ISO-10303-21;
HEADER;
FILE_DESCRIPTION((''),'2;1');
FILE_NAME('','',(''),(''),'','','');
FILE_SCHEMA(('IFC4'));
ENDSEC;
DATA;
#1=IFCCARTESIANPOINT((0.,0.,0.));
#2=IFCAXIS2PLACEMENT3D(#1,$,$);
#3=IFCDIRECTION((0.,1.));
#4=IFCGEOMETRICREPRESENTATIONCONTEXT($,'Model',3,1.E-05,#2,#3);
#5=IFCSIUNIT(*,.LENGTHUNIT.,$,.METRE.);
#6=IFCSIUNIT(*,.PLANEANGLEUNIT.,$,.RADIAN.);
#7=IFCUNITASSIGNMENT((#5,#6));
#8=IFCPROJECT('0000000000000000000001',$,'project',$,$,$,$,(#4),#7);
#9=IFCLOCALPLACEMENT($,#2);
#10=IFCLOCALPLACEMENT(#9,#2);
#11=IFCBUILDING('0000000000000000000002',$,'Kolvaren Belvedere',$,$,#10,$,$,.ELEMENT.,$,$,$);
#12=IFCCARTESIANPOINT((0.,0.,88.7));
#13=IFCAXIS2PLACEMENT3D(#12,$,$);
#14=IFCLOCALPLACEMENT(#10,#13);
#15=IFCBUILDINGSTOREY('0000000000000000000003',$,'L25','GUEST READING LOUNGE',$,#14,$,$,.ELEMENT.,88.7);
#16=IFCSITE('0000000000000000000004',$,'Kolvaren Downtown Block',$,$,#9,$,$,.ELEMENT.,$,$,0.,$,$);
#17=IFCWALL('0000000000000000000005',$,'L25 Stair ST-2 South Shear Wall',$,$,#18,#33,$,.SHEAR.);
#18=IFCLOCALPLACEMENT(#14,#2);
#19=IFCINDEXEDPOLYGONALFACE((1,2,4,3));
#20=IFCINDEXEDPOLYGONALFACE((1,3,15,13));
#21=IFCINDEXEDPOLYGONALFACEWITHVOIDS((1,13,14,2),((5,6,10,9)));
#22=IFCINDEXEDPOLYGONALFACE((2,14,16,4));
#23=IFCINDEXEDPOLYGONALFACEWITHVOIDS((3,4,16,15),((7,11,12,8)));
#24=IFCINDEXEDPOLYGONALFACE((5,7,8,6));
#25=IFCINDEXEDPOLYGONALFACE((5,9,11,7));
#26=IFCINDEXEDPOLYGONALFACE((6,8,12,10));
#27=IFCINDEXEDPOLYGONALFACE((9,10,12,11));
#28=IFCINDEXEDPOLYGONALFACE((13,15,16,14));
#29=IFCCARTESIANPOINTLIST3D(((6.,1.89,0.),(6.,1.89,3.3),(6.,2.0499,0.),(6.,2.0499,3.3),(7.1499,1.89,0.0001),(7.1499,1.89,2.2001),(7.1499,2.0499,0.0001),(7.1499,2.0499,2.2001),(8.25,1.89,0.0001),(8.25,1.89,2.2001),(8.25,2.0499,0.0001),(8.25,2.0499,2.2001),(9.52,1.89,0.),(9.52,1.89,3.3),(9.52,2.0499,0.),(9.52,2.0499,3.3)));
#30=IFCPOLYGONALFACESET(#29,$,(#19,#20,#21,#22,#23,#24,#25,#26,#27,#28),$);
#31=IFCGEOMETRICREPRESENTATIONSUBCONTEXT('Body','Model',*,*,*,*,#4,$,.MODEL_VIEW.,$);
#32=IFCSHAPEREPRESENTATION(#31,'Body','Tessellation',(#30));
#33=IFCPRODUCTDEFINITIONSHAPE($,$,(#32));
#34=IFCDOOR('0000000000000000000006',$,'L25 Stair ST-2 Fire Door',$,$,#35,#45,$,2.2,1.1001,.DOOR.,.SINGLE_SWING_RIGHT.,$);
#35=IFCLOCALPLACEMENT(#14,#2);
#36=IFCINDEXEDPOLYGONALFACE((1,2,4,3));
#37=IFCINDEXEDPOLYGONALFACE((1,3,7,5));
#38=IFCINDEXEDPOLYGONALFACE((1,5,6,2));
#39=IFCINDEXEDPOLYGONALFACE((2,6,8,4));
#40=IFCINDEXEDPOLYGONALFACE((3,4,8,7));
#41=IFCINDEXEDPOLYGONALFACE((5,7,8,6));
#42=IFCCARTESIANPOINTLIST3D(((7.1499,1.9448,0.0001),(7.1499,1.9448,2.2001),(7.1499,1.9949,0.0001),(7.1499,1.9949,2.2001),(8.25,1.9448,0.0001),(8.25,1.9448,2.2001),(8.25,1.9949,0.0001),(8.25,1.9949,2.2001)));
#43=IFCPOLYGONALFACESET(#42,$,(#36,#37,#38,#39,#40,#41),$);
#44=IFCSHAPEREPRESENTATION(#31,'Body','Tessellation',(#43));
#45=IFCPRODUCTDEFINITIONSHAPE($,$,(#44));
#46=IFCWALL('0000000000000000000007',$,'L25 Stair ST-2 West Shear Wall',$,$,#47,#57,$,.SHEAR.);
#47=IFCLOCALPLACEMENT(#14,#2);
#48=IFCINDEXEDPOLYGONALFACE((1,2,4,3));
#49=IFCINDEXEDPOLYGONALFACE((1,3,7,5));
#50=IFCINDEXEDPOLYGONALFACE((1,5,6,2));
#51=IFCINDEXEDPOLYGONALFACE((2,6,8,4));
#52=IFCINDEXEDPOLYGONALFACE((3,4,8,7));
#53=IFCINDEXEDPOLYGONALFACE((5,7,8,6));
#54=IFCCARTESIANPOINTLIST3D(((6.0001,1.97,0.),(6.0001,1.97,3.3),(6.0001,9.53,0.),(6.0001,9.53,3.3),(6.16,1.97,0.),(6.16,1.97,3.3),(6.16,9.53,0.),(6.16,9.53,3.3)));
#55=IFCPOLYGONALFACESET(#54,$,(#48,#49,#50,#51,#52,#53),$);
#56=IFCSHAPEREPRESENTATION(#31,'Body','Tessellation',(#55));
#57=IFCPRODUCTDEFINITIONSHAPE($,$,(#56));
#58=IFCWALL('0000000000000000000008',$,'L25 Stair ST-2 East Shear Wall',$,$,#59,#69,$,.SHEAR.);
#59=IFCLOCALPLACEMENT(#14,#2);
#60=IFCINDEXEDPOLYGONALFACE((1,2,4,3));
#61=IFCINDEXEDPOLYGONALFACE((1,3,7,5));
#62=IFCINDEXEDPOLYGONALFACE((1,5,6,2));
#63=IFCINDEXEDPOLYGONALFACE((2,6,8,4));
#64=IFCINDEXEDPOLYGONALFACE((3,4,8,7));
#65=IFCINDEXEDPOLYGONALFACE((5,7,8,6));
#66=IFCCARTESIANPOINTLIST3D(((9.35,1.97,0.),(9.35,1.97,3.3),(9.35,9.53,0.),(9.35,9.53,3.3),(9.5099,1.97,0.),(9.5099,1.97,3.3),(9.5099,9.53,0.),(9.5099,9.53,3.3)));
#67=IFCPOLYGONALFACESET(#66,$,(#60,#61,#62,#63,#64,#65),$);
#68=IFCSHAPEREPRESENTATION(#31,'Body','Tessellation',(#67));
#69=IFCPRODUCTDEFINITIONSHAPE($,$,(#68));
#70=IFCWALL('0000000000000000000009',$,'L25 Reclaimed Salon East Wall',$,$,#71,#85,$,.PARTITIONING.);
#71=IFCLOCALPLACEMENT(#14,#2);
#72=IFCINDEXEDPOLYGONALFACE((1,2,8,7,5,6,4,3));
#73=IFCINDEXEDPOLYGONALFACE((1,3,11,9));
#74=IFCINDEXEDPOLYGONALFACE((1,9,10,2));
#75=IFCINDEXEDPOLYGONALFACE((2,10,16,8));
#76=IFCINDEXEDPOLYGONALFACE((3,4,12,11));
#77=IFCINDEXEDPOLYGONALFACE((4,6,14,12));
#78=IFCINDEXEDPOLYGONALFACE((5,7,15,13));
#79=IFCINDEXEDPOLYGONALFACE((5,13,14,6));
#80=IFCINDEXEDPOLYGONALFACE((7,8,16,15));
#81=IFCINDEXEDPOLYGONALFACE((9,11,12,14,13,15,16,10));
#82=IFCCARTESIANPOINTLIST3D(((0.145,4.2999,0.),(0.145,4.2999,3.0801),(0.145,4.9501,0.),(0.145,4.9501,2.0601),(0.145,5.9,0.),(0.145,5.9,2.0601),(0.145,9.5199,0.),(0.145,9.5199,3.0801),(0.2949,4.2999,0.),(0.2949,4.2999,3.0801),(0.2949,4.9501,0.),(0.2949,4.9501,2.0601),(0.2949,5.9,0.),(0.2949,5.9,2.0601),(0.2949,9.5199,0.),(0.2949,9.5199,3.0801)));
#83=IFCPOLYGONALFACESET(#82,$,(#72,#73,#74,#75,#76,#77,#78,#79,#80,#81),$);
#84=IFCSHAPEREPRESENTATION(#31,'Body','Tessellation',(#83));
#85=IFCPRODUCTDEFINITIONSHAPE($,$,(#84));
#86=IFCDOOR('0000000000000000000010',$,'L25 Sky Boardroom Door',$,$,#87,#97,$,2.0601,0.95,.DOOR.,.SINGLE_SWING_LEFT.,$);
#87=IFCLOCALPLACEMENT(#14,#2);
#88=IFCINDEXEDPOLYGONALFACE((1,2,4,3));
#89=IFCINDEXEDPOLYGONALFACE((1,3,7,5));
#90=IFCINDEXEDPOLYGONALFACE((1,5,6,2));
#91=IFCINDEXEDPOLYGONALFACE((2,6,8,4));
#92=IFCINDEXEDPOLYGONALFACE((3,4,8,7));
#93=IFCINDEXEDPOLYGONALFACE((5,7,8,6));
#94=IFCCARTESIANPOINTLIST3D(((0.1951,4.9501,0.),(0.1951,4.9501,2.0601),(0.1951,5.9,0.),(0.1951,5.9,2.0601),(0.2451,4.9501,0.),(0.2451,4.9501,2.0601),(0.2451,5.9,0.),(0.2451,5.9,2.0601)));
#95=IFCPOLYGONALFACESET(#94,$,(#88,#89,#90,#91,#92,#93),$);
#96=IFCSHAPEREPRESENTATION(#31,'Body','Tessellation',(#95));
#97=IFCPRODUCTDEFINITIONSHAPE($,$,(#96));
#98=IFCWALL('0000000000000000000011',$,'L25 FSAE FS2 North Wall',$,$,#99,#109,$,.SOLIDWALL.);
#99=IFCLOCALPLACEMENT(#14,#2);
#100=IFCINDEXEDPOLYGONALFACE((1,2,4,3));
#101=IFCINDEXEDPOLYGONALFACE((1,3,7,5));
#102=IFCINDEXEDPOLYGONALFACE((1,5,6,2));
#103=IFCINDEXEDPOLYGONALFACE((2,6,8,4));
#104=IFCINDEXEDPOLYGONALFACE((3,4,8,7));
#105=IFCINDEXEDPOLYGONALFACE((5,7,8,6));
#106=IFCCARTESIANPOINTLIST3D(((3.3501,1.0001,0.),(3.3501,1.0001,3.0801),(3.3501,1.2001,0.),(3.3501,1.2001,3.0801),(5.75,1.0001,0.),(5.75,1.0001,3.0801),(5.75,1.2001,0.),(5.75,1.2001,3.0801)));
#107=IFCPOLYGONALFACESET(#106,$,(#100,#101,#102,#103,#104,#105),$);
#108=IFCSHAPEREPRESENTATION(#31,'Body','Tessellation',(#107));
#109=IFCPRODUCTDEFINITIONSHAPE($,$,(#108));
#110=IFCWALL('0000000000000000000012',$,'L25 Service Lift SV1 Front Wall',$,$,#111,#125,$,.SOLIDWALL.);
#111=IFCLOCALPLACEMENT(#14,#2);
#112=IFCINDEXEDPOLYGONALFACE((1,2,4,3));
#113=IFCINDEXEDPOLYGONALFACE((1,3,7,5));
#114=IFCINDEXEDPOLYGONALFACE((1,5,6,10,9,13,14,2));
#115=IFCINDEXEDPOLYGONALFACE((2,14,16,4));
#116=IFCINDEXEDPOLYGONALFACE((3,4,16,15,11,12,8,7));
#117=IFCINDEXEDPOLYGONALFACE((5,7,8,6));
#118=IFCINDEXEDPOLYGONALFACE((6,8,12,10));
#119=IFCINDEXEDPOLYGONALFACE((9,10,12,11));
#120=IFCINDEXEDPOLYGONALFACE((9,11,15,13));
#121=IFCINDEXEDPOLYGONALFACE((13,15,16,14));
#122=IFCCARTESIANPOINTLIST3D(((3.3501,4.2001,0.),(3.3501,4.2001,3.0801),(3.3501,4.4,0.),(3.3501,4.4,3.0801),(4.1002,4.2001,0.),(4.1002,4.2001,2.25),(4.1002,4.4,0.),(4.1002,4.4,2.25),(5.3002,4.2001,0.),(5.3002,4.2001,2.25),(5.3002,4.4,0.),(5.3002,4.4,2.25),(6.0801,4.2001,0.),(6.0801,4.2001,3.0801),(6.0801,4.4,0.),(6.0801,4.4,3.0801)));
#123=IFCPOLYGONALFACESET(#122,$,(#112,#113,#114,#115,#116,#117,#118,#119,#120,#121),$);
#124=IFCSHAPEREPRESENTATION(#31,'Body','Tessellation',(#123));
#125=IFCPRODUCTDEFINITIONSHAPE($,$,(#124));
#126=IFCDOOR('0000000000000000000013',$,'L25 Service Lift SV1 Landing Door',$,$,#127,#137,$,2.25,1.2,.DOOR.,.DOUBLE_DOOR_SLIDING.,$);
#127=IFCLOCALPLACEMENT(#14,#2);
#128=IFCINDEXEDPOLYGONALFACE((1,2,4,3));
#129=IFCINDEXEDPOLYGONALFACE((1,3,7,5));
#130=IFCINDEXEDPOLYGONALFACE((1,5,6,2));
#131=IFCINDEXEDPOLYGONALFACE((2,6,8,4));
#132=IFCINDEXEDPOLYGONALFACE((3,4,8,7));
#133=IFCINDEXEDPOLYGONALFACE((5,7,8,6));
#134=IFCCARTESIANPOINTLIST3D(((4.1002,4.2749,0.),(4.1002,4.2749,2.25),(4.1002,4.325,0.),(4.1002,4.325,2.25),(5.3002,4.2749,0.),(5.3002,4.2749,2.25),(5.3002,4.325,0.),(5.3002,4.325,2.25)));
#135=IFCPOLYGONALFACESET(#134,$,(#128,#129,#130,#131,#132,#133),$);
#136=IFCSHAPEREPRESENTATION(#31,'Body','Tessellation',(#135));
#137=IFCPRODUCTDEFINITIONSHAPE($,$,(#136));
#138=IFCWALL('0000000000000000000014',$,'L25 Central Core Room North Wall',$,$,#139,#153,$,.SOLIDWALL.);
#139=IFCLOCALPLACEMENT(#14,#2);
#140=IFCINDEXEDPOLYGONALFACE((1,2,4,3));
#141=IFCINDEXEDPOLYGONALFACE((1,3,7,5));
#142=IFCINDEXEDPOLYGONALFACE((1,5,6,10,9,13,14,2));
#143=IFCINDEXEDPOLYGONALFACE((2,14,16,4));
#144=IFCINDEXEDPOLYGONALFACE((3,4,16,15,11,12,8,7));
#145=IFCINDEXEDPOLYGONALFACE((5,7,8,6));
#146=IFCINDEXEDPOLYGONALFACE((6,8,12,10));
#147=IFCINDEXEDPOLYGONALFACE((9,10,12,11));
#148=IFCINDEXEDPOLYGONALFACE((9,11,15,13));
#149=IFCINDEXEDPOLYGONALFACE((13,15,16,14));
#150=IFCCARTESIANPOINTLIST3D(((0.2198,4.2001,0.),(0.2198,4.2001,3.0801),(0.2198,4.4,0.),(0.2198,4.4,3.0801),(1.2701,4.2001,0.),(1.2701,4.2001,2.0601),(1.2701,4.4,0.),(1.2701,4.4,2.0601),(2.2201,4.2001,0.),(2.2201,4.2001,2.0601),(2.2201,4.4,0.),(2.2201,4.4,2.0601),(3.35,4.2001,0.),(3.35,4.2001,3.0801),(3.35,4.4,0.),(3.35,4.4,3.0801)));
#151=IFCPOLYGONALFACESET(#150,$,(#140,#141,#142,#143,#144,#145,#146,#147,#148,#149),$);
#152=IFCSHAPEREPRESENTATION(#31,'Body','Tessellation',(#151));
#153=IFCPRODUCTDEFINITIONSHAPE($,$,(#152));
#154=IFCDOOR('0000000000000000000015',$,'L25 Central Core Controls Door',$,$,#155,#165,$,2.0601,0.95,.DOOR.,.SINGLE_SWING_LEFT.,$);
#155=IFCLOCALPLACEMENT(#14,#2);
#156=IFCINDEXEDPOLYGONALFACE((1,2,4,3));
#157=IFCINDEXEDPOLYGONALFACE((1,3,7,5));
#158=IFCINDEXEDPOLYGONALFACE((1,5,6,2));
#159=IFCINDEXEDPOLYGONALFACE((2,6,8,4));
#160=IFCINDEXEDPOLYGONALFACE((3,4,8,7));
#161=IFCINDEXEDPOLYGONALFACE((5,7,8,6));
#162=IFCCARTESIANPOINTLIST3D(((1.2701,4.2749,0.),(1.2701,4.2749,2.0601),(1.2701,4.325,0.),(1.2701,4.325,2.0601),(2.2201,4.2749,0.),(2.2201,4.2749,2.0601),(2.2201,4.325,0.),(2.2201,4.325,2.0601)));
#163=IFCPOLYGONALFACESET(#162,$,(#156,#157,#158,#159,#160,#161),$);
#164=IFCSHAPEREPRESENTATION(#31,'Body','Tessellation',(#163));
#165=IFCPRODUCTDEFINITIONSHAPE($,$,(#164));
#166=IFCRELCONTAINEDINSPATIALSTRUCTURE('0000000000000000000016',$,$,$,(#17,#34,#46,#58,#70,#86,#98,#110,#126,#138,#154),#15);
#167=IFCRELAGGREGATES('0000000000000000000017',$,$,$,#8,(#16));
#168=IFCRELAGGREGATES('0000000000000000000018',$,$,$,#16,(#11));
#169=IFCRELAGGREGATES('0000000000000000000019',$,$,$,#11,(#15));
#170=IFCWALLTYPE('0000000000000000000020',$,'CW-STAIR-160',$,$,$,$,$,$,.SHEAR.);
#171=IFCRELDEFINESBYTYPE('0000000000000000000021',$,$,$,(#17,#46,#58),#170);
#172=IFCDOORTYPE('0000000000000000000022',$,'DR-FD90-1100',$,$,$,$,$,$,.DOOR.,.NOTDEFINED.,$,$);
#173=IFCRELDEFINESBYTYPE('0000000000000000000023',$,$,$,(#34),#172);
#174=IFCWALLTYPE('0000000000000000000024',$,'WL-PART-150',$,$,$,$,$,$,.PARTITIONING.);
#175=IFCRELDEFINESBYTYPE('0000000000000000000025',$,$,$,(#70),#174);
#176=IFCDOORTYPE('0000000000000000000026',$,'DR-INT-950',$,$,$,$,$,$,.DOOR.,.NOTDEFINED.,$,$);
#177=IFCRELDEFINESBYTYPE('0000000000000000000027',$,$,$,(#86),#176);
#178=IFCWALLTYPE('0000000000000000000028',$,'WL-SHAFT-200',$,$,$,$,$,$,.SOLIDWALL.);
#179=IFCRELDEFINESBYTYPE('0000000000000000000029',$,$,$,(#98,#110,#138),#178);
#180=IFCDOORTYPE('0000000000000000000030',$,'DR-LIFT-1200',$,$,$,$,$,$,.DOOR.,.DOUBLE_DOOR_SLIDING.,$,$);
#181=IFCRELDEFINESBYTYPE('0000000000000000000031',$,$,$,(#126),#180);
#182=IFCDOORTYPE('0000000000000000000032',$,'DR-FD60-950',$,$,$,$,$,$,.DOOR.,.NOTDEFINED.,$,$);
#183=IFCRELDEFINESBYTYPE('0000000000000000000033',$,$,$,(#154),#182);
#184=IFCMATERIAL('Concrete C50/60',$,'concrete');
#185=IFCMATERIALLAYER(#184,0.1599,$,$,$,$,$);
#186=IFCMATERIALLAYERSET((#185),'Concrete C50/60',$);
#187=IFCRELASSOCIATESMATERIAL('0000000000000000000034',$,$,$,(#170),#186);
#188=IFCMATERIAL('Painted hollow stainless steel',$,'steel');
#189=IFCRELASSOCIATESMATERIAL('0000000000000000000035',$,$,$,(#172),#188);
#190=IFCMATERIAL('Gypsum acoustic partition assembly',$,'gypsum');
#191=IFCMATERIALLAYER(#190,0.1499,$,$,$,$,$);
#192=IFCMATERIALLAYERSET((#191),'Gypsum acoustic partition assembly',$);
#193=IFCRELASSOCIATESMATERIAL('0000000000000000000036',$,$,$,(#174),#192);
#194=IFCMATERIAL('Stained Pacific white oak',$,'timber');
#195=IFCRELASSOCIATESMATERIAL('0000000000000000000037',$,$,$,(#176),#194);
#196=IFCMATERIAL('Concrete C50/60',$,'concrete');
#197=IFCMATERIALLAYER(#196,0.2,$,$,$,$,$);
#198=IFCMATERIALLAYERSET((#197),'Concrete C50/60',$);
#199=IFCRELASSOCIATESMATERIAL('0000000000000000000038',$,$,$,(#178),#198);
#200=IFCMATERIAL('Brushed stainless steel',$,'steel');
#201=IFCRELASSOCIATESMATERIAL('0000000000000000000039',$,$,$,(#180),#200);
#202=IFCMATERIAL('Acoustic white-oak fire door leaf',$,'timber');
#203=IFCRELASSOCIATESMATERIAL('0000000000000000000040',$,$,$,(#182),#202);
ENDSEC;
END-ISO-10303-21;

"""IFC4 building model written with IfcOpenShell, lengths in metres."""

from ifc_helpers import new_model, si_unit, direction, frame, frame_2d, origin, place, context, subcontext, project, spatial, rectangle, extrude, material, layer, layer_set, type_object, element, fill, save


model = new_model("IFC4")

# Units and contexts
model_context = context("Model", 3, precision=1e-05, world=origin(), true_north=direction((0.0, 1.0)))
body_context = subcontext(model_context, "Body", "Model", "MODEL_VIEW")
ifc_project = project(units=[si_unit("LENGTHUNIT", "METRE"), si_unit("PLANEANGLEUNIT", "RADIAN")], contexts=[model_context])

# Site, building, storey
site_placement = place(None, origin())
site = spatial("IfcSite", under=ifc_project, at=site_placement, Name="Kolvaren Downtown Block", CompositionType="ELEMENT", RefElevation=0.0)
building_placement = place(site_placement, origin())
building = spatial("IfcBuilding", under=site, at=building_placement, Name="Kolvaren Belvedere", CompositionType="ELEMENT")
storey_placement = place(building_placement, frame((0.0, 0.0, 88.7)))
storey = spatial("IfcBuildingStorey", under=building, at=storey_placement, Name="L25", Description="GUEST READING LOUNGE", CompositionType="ELEMENT", Elevation=88.7)

# Wall, opening, door
ifc_material_1 = material(Name="Concrete C50/60", Category="concrete")
ifc_layer_1 = layer(ifc_material_1, 0.1599)
ifc_layer_set_1 = layer_set([ifc_layer_1], Name="Concrete C50/60")
wall_type_1 = type_object("IfcWallType", Name="CW-STAIR-160", PredefinedType="SHEAR", material=ifc_layer_set_1)
wall_1_placement = place(storey_placement, frame((6.0, 1.97, 0.0), z_axis=(0.0, 0.0, 1.0), x_axis=(1.0, 0.0, 0.0)))
wall_1 = element("IfcWall", 1, at=wall_1_placement, inside=storey, type_object=wall_type_1, Name="L25 Stair ST-2 South Shear Wall", PredefinedType="SHEAR", context=body_context, shape_type="SweptSolid", body=[
    extrude(rectangle(XDim=3.52, YDim=0.1599, at=frame_2d((1.76, 0.0))), origin(), (0.0, 0.0, 1.0), 3.3),
])
opening_1_placement = place(wall_1_placement, frame((1.1499, 0.0, 0.0)))
opening_1 = element("IfcOpeningElement", 2, at=opening_1_placement, cuts=wall_1, PredefinedType="OPENING", context=body_context, shape_type="SweptSolid", body=[
    extrude(rectangle(XDim=1.1001, YDim=2.2, at=frame_2d((0.55, 1.1001))), frame((0.0, 0.0898, 0.0), z_axis=(0.0, -1.0, 0.0), x_axis=(1.0, 0.0, 0.0)), (0.0, 0.0, 1.0), 0.1799),
])
ifc_material_2 = material(Name="Painted hollow stainless steel", Category="steel")
door_type_1 = type_object("IfcDoorType", Name="DR-FD90-1100", OperationType="NOTDEFINED", PredefinedType="DOOR", material=ifc_material_2)
door_1_placement = place(opening_1_placement, origin())
door_1 = element("IfcDoor", 3, at=door_1_placement, inside=storey, type_object=door_type_1, Name="L25 Stair ST-2 Fire Door", OperationType="SINGLE_SWING_RIGHT", OverallHeight=2.2, OverallWidth=1.1001, PredefinedType="DOOR", context=body_context, shape_type="SweptSolid", body=[
    extrude(rectangle(XDim=1.1001, YDim=2.2, at=frame_2d((0.55, 1.1001))), frame((0.0, 0.0249, 0.0), z_axis=(0.0, -1.0, 0.0), x_axis=(1.0, 0.0, 0.0)), (0.0, 0.0, 1.0), 0.05),
])
fill(opening_1, door_1)

# Walls
for number, where, z_axis, x_axis, name in (
    (4, (6.0801, 1.97, 0.0), (0.0, 0.0, 1.0), (0.0, 1.0, 0.0), "L25 Stair ST-2 West Shear Wall"),
    (5, (9.4299, 1.97, 0.0), (0.0, 0.0, 1.0), (0.0, 1.0, 0.0), "L25 Stair ST-2 East Shear Wall"),
):
    element("IfcWall", number, at=place(storey_placement, frame(where, z_axis=z_axis, x_axis=x_axis)), inside=storey, type_object=wall_type_1, Name=name, PredefinedType="SHEAR", context=body_context, shape_type="SweptSolid", body=[
        extrude(rectangle(XDim=7.5601, YDim=0.1599, at=frame_2d((3.78, 0.0))), origin(), (0.0, 0.0, 1.0), 3.3),
    ])

# Wall, opening, door
ifc_material_3 = material(Name="Gypsum acoustic partition assembly", Category="gypsum")
ifc_layer_2 = layer(ifc_material_3, 0.1499)
ifc_layer_set_2 = layer_set([ifc_layer_2], Name="Gypsum acoustic partition assembly")
wall_type_2 = type_object("IfcWallType", Name="WL-PART-150", PredefinedType="PARTITIONING", material=ifc_layer_set_2)
wall_2_placement = place(storey_placement, frame((0.22, 4.3, 0.0), z_axis=(0.0, 0.0, 1.0), x_axis=(0.0, 1.0, 0.0)))
wall_2 = element("IfcWall", 6, at=wall_2_placement, inside=storey, type_object=wall_type_2, Name="L25 Reclaimed Salon East Wall", PredefinedType="PARTITIONING", context=body_context, shape_type="SweptSolid", body=[
    extrude(rectangle(XDim=5.22, YDim=0.1499, at=frame_2d((2.6099, 0.0))), origin(), (0.0, 0.0, 1.0), 3.0801),
])
opening_2_placement = place(wall_2_placement, frame((0.6499, 0.0, 0.0)))
opening_2 = element("IfcOpeningElement", 7, at=opening_2_placement, cuts=wall_2, PredefinedType="OPENING", context=body_context, shape_type="SweptSolid", body=[
    extrude(rectangle(XDim=0.95, YDim=2.0601, at=frame_2d((0.4751, 1.03))), frame((0.0, 0.085, 0.0), z_axis=(0.0, -1.0, 0.0), x_axis=(1.0, 0.0, 0.0)), (0.0, 0.0, 1.0), 0.1699),
])
ifc_material_4 = material(Name="Stained Pacific white oak", Category="timber")
door_type_2 = type_object("IfcDoorType", Name="DR-INT-950", OperationType="NOTDEFINED", PredefinedType="DOOR", material=ifc_material_4)
door_2_placement = place(opening_2_placement, origin())
door_2 = element("IfcDoor", 8, at=door_2_placement, inside=storey, type_object=door_type_2, Name="L25 Sky Boardroom Door", OperationType="SINGLE_SWING_LEFT", OverallHeight=2.0601, OverallWidth=0.95, PredefinedType="DOOR", context=body_context, shape_type="SweptSolid", body=[
    extrude(rectangle(XDim=0.95, YDim=2.0601, at=frame_2d((0.4751, 1.03))), frame((0.0, 0.0249, 0.0), z_axis=(0.0, -1.0, 0.0), x_axis=(1.0, 0.0, 0.0)), (0.0, 0.0, 1.0), 0.05),
])
fill(opening_2, door_2)

# Wall
ifc_material_5 = material(Name="Concrete C50/60", Category="concrete")
ifc_layer_3 = layer(ifc_material_5, 0.2)
ifc_layer_set_3 = layer_set([ifc_layer_3], Name="Concrete C50/60")
wall_type_3 = type_object("IfcWallType", Name="WL-SHAFT-200", PredefinedType="SOLIDWALL", material=ifc_layer_set_3)
wall_3_placement = place(storey_placement, frame((3.3501, 1.1001, 0.0), z_axis=(0.0, 0.0, 1.0), x_axis=(1.0, 0.0, 0.0)))
element("IfcWall", 9, at=wall_3_placement, inside=storey, type_object=wall_type_3, Name="L25 FSAE FS2 North Wall", PredefinedType="SOLIDWALL", context=body_context, shape_type="SweptSolid", body=[
    extrude(rectangle(XDim=2.3999, YDim=0.2, at=frame_2d((1.2, 0.0))), origin(), (0.0, 0.0, 1.0), 3.0801),
])

# Walls, openings, doors
wall_4_placement = place(storey_placement, frame((3.3501, 4.3, 0.0), z_axis=(0.0, 0.0, 1.0), x_axis=(1.0, 0.0, 0.0)))
wall_4 = element("IfcWall", 10, at=wall_4_placement, inside=storey, type_object=wall_type_3, Name="L25 Service Lift SV1 Front Wall", PredefinedType="SOLIDWALL", context=body_context, shape_type="SweptSolid", body=[
    extrude(rectangle(XDim=2.73, YDim=0.2, at=frame_2d((1.365, 0.0))), origin(), (0.0, 0.0, 1.0), 3.0801),
])
opening_3_placement = place(wall_4_placement, frame((0.75, 0.0, 0.0)))
opening_3 = element("IfcOpeningElement", 11, at=opening_3_placement, cuts=wall_4, PredefinedType="OPENING", context=body_context, shape_type="SweptSolid", body=[
    extrude(rectangle(XDim=1.2, YDim=2.25, at=frame_2d((0.6001, 1.125))), frame((0.0, 0.1099, 0.0), z_axis=(0.0, -1.0, 0.0), x_axis=(1.0, 0.0, 0.0)), (0.0, 0.0, 1.0), 0.22),
])
ifc_material_6 = material(Name="Brushed stainless steel", Category="steel")
door_type_3 = type_object("IfcDoorType", Name="DR-LIFT-1200", OperationType="DOUBLE_DOOR_SLIDING", PredefinedType="DOOR", material=ifc_material_6)
door_3_placement = place(opening_3_placement, origin())
door_3 = element("IfcDoor", 12, at=door_3_placement, inside=storey, type_object=door_type_3, Name="L25 Service Lift SV1 Landing Door", OperationType="DOUBLE_DOOR_SLIDING", OverallHeight=2.25, OverallWidth=1.2, PredefinedType="DOOR", context=body_context, shape_type="SweptSolid", body=[
    extrude(rectangle(XDim=1.2, YDim=2.25, at=frame_2d((0.6001, 1.125))), frame((0.0, 0.0249, 0.0), z_axis=(0.0, -1.0, 0.0), x_axis=(1.0, 0.0, 0.0)), (0.0, 0.0, 1.0), 0.05),
])
fill(opening_3, door_3)
wall_5_placement = place(storey_placement, frame((0.22, 4.3, 0.0), z_axis=(0.0, 0.0, 1.0), x_axis=(1.0, 0.0, 0.0)))
wall_5 = element("IfcWall", 13, at=wall_5_placement, inside=storey, type_object=wall_type_3, Name="L25 Central Core Room North Wall", PredefinedType="SOLIDWALL", context=body_context, shape_type="SweptSolid", body=[
    extrude(rectangle(XDim=3.1301, YDim=0.2, at=frame_2d((1.5649, 0.0))), origin(), (0.0, 0.0, 1.0), 3.0801),
])
opening_4_placement = place(wall_5_placement, frame((1.05, 0.0, 0.0)))
opening_4 = element("IfcOpeningElement", 14, at=opening_4_placement, cuts=wall_5, PredefinedType="OPENING", context=body_context, shape_type="SweptSolid", body=[
    extrude(rectangle(XDim=0.95, YDim=2.0601, at=frame_2d((0.4751, 1.03))), frame((0.0, 0.1099, 0.0), z_axis=(0.0, -1.0, 0.0), x_axis=(1.0, 0.0, 0.0)), (0.0, 0.0, 1.0), 0.22),
])
ifc_material_7 = material(Name="Acoustic white-oak fire door leaf", Category="timber")
door_type_4 = type_object("IfcDoorType", Name="DR-FD60-950", OperationType="NOTDEFINED", PredefinedType="DOOR", material=ifc_material_7)
door_4_placement = place(opening_4_placement, origin())
door_4 = element("IfcDoor", 15, at=door_4_placement, inside=storey, type_object=door_type_4, Name="L25 Central Core Controls Door", OperationType="SINGLE_SWING_LEFT", OverallHeight=2.0601, OverallWidth=0.95, PredefinedType="DOOR", context=body_context, shape_type="SweptSolid", body=[
    extrude(rectangle(XDim=0.95, YDim=2.0601, at=frame_2d((0.4751, 1.03))), frame((0.0, 0.0249, 0.0), z_axis=(0.0, -1.0, 0.0), x_axis=(1.0, 0.0, 0.0)), (0.0, 0.0, 1.0), 0.05),
])
fill(opening_4, door_4)

save(model, "model.ifc")
